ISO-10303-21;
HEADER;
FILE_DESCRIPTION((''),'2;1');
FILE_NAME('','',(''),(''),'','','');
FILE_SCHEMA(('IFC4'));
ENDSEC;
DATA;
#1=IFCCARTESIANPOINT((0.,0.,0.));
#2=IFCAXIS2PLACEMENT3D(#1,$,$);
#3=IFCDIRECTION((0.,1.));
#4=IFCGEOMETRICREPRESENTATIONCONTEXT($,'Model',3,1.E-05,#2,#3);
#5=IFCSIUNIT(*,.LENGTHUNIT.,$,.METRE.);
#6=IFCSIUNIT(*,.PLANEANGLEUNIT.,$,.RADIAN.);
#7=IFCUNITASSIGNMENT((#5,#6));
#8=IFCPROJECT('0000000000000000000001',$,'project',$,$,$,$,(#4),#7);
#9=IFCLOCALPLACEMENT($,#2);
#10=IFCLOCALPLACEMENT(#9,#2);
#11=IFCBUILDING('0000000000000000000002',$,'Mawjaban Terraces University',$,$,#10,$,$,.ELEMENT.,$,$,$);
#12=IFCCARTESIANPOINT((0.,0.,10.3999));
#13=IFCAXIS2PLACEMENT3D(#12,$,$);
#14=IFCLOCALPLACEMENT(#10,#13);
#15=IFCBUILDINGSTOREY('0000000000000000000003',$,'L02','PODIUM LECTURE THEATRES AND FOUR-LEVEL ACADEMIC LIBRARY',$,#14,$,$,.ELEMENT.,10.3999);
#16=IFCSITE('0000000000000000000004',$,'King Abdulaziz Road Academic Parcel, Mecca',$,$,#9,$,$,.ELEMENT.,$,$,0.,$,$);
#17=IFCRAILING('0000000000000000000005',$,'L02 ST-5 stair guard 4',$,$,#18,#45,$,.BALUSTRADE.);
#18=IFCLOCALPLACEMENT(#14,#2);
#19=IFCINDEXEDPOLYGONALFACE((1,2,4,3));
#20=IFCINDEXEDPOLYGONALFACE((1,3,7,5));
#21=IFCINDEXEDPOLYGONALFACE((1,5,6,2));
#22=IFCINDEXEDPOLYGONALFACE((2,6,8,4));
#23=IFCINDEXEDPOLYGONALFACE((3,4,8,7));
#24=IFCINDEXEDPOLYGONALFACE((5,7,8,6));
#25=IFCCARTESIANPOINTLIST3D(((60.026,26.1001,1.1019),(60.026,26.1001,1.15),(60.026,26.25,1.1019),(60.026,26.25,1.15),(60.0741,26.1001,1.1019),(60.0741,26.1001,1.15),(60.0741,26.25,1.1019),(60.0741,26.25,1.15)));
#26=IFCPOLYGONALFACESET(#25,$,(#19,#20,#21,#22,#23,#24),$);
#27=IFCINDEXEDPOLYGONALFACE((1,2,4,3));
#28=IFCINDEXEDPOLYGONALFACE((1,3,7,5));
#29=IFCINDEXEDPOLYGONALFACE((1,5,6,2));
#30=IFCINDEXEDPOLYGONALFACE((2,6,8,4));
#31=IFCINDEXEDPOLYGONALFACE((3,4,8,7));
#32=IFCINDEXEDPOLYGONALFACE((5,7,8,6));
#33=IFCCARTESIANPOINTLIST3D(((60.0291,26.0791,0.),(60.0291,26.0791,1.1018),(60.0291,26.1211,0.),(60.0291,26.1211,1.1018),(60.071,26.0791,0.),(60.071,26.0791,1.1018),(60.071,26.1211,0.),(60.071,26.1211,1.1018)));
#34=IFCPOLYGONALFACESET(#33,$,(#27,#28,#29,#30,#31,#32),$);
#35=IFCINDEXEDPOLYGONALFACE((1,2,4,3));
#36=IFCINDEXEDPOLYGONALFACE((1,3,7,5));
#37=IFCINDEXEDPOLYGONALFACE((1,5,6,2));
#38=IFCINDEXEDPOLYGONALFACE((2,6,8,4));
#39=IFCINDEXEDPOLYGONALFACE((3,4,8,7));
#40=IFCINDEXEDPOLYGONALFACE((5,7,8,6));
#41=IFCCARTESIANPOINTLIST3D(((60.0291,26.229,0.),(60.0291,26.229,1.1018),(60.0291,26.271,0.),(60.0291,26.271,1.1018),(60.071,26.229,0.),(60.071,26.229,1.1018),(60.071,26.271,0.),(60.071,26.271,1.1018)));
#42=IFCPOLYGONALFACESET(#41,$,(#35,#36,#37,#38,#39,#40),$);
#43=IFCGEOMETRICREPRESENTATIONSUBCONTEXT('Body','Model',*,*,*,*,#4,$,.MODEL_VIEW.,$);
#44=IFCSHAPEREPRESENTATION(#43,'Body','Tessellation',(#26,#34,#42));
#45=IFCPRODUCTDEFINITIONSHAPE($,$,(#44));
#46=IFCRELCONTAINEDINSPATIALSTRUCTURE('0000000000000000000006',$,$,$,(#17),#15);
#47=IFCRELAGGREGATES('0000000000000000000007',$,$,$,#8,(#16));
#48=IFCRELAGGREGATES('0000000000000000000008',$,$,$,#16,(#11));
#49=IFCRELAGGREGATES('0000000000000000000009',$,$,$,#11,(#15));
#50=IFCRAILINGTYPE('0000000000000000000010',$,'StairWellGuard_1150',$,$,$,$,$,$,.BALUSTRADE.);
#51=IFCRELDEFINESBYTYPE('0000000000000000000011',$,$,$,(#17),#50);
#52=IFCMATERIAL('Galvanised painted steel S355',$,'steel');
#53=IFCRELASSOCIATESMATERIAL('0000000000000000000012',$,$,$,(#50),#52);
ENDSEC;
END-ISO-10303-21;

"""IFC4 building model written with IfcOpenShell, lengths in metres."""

from ifc_helpers import new_model, si_unit, direction, frame, origin, origin_2d, place, context, subcontext, project, spatial, rectangle, extrude, material, type_object, element, save


model = new_model("IFC4")

# Units and contexts
model_context = context("Model", 3, precision=1e-05, world=origin(), true_north=direction((0.0, 1.0)))
body_context = subcontext(model_context, "Body", "Model", "MODEL_VIEW")
ifc_project = project(units=[si_unit("LENGTHUNIT", "METRE"), si_unit("PLANEANGLEUNIT", "RADIAN")], contexts=[model_context])

# Site, building, storey
site_placement = place(None, origin())
site = spatial("IfcSite", under=ifc_project, at=site_placement, Name="King Abdulaziz Road Academic Parcel, Mecca", CompositionType="ELEMENT", RefElevation=0.0)
building_placement = place(site_placement, origin())
building = spatial("IfcBuilding", under=site, at=building_placement, Name="Mawjaban Terraces University", CompositionType="ELEMENT")
storey_placement = place(building_placement, frame((0.0, 0.0, 10.3999)))
storey = spatial("IfcBuildingStorey", under=building, at=storey_placement, Name="L02", Description="PODIUM LECTURE THEATRES AND FOUR-LEVEL ACADEMIC LIBRARY", CompositionType="ELEMENT", Elevation=10.3999)

# Railing
ifc_material_1 = material(Name="Galvanised painted steel S355", Category="steel")
railing_type_1 = type_object("IfcRailingType", Name="StairWellGuard_1150", PredefinedType="BALUSTRADE", material=ifc_material_1)
railing_1_placement = place(storey_placement, frame((60.05, 26.1001, 0.0)))
element("IfcRailing", 1, at=railing_1_placement, inside=storey, type_object=railing_type_1, Name="L02 ST-5 stair guard 4", PredefinedType="BALUSTRADE", context=body_context, shape_type="SweptSolid", body=[
    extrude(rectangle(XDim=0.0481, YDim=0.0481, at=origin_2d()), frame((0.0, 0.0, 1.126), z_axis=(0.0, 1.0, 0.0), x_axis=(-1.0, 0.0, 0.0)), (0.0, 0.0, 1.0), 0.1499),
    extrude(rectangle(XDim=0.042, YDim=0.042, at=origin_2d()), origin(), (0.0, 0.0, 1.0), 1.1018),
    extrude(rectangle(XDim=0.042, YDim=0.042, at=origin_2d()), frame((0.0, 0.1499, 0.0)), (0.0, 0.0, 1.0), 1.1018),
])

save(model, "model.ifc")
